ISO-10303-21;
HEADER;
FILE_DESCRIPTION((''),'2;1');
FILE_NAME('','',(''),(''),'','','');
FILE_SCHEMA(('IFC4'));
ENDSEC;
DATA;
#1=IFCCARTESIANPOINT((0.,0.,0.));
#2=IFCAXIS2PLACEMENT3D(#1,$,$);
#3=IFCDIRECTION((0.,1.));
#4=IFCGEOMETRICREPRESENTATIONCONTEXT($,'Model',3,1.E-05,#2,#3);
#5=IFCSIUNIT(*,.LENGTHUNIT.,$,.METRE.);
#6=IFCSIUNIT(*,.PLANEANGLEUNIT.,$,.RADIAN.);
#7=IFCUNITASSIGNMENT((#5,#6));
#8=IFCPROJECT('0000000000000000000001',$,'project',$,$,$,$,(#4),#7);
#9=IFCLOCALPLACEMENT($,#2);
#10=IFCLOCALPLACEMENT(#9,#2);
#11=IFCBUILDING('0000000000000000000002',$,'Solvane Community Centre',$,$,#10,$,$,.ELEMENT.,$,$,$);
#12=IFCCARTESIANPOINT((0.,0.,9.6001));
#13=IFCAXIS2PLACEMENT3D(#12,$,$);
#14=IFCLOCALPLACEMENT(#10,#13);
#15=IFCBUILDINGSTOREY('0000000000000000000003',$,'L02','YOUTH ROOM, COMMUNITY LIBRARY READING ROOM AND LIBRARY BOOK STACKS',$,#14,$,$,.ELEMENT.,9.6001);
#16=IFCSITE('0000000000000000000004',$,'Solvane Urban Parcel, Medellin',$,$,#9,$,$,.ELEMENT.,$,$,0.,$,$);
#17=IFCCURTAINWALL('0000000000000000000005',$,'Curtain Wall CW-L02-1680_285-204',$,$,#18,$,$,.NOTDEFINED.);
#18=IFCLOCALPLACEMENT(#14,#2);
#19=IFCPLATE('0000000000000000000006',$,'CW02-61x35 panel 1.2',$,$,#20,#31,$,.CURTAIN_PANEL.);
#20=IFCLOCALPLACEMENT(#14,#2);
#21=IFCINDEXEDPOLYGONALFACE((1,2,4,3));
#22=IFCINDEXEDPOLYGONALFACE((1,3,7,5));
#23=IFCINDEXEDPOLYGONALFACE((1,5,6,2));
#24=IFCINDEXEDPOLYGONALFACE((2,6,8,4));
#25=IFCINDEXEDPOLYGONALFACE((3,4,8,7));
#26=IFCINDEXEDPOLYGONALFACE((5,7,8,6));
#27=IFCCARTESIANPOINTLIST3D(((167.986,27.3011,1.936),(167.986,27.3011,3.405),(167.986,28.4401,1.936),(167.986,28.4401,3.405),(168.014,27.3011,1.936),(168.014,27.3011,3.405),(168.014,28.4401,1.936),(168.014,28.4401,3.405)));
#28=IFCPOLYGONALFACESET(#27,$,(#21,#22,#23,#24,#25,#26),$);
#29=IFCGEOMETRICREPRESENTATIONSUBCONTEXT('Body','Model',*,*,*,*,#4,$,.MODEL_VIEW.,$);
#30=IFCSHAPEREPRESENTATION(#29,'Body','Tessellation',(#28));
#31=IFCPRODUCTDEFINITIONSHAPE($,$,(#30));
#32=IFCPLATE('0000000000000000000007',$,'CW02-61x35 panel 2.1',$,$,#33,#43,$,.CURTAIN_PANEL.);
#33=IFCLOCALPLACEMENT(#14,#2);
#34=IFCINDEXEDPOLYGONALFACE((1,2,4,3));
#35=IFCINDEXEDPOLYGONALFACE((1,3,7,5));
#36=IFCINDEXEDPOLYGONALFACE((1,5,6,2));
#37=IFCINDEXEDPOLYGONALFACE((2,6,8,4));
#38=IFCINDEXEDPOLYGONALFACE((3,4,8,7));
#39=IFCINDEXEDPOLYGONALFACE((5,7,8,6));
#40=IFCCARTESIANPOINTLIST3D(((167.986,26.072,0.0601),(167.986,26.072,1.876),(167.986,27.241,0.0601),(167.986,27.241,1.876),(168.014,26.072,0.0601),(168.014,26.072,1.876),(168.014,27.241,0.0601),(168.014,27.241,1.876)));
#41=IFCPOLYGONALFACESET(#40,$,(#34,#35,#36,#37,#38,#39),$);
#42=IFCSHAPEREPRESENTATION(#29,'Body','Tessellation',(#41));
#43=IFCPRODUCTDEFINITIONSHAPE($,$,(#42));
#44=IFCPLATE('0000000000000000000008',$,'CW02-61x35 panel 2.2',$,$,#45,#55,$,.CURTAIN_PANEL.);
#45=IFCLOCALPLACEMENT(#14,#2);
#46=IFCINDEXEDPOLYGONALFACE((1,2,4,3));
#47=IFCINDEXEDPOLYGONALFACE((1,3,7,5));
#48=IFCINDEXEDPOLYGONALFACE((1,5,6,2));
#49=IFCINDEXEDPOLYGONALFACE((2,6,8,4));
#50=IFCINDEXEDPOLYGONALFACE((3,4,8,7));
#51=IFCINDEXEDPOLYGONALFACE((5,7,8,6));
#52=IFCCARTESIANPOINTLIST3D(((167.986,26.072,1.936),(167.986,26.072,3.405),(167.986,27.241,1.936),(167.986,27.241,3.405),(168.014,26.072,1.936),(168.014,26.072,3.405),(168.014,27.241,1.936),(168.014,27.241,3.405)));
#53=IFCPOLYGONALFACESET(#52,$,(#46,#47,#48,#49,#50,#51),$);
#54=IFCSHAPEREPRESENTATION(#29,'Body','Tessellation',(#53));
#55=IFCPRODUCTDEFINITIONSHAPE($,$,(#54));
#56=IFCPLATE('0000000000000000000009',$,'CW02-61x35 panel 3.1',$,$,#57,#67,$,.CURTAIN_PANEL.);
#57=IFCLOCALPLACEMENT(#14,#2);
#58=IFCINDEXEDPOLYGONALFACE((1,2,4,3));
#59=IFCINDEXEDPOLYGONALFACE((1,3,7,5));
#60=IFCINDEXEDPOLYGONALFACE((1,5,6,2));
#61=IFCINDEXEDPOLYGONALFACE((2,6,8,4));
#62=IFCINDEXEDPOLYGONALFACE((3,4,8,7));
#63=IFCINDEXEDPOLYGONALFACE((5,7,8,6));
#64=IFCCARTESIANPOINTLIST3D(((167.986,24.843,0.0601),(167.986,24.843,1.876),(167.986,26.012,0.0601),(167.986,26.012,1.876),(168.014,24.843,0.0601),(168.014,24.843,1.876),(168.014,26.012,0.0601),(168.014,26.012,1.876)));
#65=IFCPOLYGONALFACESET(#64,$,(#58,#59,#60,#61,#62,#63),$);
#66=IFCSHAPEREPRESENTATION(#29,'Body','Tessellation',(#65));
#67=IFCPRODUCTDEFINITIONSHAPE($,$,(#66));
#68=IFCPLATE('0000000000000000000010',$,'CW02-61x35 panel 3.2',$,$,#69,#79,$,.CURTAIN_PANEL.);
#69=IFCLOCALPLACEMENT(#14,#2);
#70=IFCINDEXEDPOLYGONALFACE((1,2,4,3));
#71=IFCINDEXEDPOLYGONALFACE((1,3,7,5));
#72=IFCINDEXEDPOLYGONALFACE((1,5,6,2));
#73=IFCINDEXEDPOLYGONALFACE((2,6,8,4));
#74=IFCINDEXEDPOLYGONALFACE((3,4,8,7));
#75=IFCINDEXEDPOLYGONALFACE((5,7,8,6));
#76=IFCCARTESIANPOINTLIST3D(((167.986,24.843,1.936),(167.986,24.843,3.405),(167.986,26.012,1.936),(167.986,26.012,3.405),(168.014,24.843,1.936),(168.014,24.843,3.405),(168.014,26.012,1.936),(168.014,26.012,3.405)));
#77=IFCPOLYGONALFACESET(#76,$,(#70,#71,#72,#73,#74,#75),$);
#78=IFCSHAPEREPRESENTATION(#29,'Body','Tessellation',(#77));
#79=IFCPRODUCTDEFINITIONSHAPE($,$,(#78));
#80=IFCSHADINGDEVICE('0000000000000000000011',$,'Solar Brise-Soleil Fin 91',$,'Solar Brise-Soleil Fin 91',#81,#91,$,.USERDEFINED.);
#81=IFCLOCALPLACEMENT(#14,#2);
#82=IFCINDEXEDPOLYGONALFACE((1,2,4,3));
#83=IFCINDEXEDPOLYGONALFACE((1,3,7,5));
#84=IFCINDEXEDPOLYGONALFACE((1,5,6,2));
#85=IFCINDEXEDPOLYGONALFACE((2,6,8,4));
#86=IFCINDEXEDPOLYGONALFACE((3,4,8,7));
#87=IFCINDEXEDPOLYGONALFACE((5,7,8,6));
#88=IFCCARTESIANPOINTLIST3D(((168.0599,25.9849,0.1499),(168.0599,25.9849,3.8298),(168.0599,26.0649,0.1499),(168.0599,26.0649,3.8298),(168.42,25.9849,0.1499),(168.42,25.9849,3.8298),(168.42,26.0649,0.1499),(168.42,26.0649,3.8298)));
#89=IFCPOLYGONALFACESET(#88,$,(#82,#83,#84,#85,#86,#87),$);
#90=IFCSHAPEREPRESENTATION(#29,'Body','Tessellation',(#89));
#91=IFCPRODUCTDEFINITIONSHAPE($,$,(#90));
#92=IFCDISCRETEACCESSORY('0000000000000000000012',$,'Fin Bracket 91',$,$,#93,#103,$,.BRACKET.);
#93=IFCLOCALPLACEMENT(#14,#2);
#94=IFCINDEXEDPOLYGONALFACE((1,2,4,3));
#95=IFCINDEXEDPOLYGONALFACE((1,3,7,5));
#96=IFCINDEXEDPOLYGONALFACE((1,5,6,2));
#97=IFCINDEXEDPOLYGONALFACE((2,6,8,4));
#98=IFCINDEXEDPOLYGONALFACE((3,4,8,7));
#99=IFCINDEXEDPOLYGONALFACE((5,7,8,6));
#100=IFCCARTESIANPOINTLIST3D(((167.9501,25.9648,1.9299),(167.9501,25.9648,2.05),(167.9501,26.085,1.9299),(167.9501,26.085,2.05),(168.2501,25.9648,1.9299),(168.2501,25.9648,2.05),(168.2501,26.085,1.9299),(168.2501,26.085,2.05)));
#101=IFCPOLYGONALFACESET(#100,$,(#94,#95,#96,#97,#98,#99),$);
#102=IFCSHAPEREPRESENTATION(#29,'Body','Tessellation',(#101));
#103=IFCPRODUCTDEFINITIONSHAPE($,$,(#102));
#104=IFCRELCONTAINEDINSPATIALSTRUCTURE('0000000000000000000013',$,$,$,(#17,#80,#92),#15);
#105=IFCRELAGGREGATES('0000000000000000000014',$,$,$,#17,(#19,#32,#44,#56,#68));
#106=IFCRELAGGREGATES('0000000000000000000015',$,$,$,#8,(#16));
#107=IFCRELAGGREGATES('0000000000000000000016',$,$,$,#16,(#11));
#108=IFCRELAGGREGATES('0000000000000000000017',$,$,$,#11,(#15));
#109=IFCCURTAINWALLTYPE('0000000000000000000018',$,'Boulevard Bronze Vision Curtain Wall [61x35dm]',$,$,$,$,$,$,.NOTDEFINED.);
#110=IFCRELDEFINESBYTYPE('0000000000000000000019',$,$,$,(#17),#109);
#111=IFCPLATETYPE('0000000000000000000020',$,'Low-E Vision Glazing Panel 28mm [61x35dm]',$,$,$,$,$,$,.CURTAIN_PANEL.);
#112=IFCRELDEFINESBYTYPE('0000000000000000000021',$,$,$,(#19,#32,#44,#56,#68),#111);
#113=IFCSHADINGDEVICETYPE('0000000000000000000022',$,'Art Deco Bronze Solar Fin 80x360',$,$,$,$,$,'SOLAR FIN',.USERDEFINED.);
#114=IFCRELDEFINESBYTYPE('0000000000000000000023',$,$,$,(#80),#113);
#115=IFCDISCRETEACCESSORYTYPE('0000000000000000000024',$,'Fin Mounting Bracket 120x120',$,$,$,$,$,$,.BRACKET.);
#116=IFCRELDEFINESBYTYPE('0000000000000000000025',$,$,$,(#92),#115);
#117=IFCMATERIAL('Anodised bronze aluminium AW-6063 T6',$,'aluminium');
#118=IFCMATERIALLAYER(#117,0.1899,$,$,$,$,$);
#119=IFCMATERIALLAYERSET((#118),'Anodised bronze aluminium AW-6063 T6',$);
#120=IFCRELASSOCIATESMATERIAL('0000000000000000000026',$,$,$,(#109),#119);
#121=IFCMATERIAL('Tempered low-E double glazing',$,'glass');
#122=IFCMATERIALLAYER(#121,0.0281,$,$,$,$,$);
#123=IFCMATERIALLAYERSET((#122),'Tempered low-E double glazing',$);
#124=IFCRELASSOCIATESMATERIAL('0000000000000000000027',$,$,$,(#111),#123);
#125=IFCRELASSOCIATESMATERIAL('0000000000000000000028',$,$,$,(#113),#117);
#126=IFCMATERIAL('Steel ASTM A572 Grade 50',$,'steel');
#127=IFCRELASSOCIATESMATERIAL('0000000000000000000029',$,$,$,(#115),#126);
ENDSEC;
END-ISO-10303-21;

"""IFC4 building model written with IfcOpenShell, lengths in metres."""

from ifc_helpers import new_model, si_unit, direction, frame, origin, origin_2d, place, context, subcontext, project, spatial, rectangle, extrude, material, layer, layer_set, type_object, element, aggregate, save


model = new_model("IFC4")

# Units and contexts
model_context = context("Model", 3, precision=1e-05, world=origin(), true_north=direction((0.0, 1.0)))
body_context = subcontext(model_context, "Body", "Model", "MODEL_VIEW")
ifc_project = project(units=[si_unit("LENGTHUNIT", "METRE"), si_unit("PLANEANGLEUNIT", "RADIAN")], contexts=[model_context])

# Site, building, storey
site_placement = place(None, origin())
site = spatial("IfcSite", under=ifc_project, at=site_placement, Name="Solvane Urban Parcel, Medellin", CompositionType="ELEMENT", RefElevation=0.0)
building_placement = place(site_placement, origin())
building = spatial("IfcBuilding", under=site, at=building_placement, Name="Solvane Community Centre", CompositionType="ELEMENT")
storey_placement = place(building_placement, frame((0.0, 0.0, 9.6001)))
storey = spatial("IfcBuildingStorey", under=building, at=storey_placement, Name="L02", Description="YOUTH ROOM, COMMUNITY LIBRARY READING ROOM AND LIBRARY BOOK STACKS", CompositionType="ELEMENT", Elevation=9.6001)

# Curtain wall, plates
ifc_material_1 = material(Name="Anodised bronze aluminium AW-6063 T6", Category="aluminium")
ifc_layer_1 = layer(ifc_material_1, 0.1899)
ifc_layer_set_1 = layer_set([ifc_layer_1], Name="Anodised bronze aluminium AW-6063 T6")
curtain_wall_type = type_object("IfcCurtainWallType", Name="Boulevard Bronze Vision Curtain Wall [61x35dm]", PredefinedType="NOTDEFINED", material=ifc_layer_set_1)
curtain_wall_placement = place(storey_placement, origin())
curtain_wall = element("IfcCurtainWall", 1, at=curtain_wall_placement, inside=storey, type_object=curtain_wall_type, Name="Curtain Wall CW-L02-1680_285-204", PredefinedType="NOTDEFINED")
ifc_material_2 = material(Name="Tempered low-E double glazing", Category="glass")
ifc_layer_2 = layer(ifc_material_2, 0.0281)
ifc_layer_set_2 = layer_set([ifc_layer_2], Name="Tempered low-E double glazing")
plate_type = type_object("IfcPlateType", Name="Low-E Vision Glazing Panel 28mm [61x35dm]", PredefinedType="CURTAIN_PANEL", material=ifc_layer_set_2)
plate_1_placement = place(storey_placement, frame((168.0, 27.8706, 1.936), z_axis=(0.0, 0.0, 1.0), x_axis=(0.0, -1.0, 0.0)))
plate_1 = element("IfcPlate", 2, at=plate_1_placement, type_object=plate_type, Name="CW02-61x35 panel 1.2", PredefinedType="CURTAIN_PANEL", context=body_context, shape_type="SweptSolid", body=[
    extrude(rectangle(XDim=1.1389, YDim=0.0281, at=origin_2d()), origin(), (0.0, 0.0, 1.0), 1.469),
])
plate_2_placement = place(storey_placement, frame((168.0, 26.6565, 0.0601), z_axis=(0.0, 0.0, 1.0), x_axis=(0.0, -1.0, 0.0)))
plate_2 = element("IfcPlate", 3, at=plate_2_placement, type_object=plate_type, Name="CW02-61x35 panel 2.1", PredefinedType="CURTAIN_PANEL", context=body_context, shape_type="SweptSolid", body=[
    extrude(rectangle(XDim=1.1689, YDim=0.0281, at=origin_2d()), origin(), (0.0, 0.0, 1.0), 1.8159),
])
plate_3_placement = place(storey_placement, frame((168.0, 26.6565, 1.936), z_axis=(0.0, 0.0, 1.0), x_axis=(0.0, -1.0, 0.0)))
plate_3 = element("IfcPlate", 4, at=plate_3_placement, type_object=plate_type, Name="CW02-61x35 panel 2.2", PredefinedType="CURTAIN_PANEL", context=body_context, shape_type="SweptSolid", body=[
    extrude(rectangle(XDim=1.1689, YDim=0.0281, at=origin_2d()), origin(), (0.0, 0.0, 1.0), 1.469),
])
plate_4_placement = place(storey_placement, frame((168.0, 25.4275, 0.0601), z_axis=(0.0, 0.0, 1.0), x_axis=(0.0, -1.0, 0.0)))
plate_4 = element("IfcPlate", 5, at=plate_4_placement, type_object=plate_type, Name="CW02-61x35 panel 3.1", PredefinedType="CURTAIN_PANEL", context=body_context, shape_type="SweptSolid", body=[
    extrude(rectangle(XDim=1.1689, YDim=0.0281, at=origin_2d()), origin(), (0.0, 0.0, 1.0), 1.8159),
])
plate_5_placement = place(storey_placement, frame((168.0, 25.4275, 1.936), z_axis=(0.0, 0.0, 1.0), x_axis=(0.0, -1.0, 0.0)))
plate_5 = element("IfcPlate", 6, at=plate_5_placement, type_object=plate_type, Name="CW02-61x35 panel 3.2", PredefinedType="CURTAIN_PANEL", context=body_context, shape_type="SweptSolid", body=[
    extrude(rectangle(XDim=1.1689, YDim=0.0281, at=origin_2d()), origin(), (0.0, 0.0, 1.0), 1.469),
])
aggregate(curtain_wall, [plate_1, plate_2, plate_3, plate_4, plate_5])

# Shading device
shading_device_type = type_object("IfcShadingDeviceType", Name="Art Deco Bronze Solar Fin 80x360", ElementType="SOLAR FIN", PredefinedType="USERDEFINED", material=ifc_material_1)
shading_device_placement = place(storey_placement, frame((168.24, 26.0249, 0.1499), z_axis=(0.0, 0.0, 1.0), x_axis=(0.0, -1.0, 0.0)))
element("IfcShadingDevice", 7, at=shading_device_placement, inside=storey, type_object=shading_device_type, Name="Solar Brise-Soleil Fin 91", ObjectType="Solar Brise-Soleil Fin 91", PredefinedType="USERDEFINED", context=body_context, shape_type="SweptSolid", body=[
    extrude(rectangle(XDim=0.0801, YDim=0.3601, at=origin_2d()), origin(), (0.0, 0.0, 1.0), 3.6799),
])

# Discrete accessory
ifc_material_3 = material(Name="Steel ASTM A572 Grade 50", Category="steel")
discrete_accessory_type = type_object("IfcDiscreteAccessoryType", Name="Fin Mounting Bracket 120x120", PredefinedType="BRACKET", material=ifc_material_3)
discrete_accessory_placement = place(storey_placement, frame((168.1001, 26.0249, 1.9299), z_axis=(0.0, 0.0, 1.0), x_axis=(0.0, -1.0, 0.0)))
element("IfcDiscreteAccessory", 8, at=discrete_accessory_placement, inside=storey, type_object=discrete_accessory_type, Name="Fin Bracket 91", PredefinedType="BRACKET", context=body_context, shape_type="SweptSolid", body=[
    extrude(rectangle(XDim=0.1201, YDim=0.3, at=origin_2d()), origin(), (0.0, 0.0, 1.0), 0.1201),
])

save(model, "model.ifc")
